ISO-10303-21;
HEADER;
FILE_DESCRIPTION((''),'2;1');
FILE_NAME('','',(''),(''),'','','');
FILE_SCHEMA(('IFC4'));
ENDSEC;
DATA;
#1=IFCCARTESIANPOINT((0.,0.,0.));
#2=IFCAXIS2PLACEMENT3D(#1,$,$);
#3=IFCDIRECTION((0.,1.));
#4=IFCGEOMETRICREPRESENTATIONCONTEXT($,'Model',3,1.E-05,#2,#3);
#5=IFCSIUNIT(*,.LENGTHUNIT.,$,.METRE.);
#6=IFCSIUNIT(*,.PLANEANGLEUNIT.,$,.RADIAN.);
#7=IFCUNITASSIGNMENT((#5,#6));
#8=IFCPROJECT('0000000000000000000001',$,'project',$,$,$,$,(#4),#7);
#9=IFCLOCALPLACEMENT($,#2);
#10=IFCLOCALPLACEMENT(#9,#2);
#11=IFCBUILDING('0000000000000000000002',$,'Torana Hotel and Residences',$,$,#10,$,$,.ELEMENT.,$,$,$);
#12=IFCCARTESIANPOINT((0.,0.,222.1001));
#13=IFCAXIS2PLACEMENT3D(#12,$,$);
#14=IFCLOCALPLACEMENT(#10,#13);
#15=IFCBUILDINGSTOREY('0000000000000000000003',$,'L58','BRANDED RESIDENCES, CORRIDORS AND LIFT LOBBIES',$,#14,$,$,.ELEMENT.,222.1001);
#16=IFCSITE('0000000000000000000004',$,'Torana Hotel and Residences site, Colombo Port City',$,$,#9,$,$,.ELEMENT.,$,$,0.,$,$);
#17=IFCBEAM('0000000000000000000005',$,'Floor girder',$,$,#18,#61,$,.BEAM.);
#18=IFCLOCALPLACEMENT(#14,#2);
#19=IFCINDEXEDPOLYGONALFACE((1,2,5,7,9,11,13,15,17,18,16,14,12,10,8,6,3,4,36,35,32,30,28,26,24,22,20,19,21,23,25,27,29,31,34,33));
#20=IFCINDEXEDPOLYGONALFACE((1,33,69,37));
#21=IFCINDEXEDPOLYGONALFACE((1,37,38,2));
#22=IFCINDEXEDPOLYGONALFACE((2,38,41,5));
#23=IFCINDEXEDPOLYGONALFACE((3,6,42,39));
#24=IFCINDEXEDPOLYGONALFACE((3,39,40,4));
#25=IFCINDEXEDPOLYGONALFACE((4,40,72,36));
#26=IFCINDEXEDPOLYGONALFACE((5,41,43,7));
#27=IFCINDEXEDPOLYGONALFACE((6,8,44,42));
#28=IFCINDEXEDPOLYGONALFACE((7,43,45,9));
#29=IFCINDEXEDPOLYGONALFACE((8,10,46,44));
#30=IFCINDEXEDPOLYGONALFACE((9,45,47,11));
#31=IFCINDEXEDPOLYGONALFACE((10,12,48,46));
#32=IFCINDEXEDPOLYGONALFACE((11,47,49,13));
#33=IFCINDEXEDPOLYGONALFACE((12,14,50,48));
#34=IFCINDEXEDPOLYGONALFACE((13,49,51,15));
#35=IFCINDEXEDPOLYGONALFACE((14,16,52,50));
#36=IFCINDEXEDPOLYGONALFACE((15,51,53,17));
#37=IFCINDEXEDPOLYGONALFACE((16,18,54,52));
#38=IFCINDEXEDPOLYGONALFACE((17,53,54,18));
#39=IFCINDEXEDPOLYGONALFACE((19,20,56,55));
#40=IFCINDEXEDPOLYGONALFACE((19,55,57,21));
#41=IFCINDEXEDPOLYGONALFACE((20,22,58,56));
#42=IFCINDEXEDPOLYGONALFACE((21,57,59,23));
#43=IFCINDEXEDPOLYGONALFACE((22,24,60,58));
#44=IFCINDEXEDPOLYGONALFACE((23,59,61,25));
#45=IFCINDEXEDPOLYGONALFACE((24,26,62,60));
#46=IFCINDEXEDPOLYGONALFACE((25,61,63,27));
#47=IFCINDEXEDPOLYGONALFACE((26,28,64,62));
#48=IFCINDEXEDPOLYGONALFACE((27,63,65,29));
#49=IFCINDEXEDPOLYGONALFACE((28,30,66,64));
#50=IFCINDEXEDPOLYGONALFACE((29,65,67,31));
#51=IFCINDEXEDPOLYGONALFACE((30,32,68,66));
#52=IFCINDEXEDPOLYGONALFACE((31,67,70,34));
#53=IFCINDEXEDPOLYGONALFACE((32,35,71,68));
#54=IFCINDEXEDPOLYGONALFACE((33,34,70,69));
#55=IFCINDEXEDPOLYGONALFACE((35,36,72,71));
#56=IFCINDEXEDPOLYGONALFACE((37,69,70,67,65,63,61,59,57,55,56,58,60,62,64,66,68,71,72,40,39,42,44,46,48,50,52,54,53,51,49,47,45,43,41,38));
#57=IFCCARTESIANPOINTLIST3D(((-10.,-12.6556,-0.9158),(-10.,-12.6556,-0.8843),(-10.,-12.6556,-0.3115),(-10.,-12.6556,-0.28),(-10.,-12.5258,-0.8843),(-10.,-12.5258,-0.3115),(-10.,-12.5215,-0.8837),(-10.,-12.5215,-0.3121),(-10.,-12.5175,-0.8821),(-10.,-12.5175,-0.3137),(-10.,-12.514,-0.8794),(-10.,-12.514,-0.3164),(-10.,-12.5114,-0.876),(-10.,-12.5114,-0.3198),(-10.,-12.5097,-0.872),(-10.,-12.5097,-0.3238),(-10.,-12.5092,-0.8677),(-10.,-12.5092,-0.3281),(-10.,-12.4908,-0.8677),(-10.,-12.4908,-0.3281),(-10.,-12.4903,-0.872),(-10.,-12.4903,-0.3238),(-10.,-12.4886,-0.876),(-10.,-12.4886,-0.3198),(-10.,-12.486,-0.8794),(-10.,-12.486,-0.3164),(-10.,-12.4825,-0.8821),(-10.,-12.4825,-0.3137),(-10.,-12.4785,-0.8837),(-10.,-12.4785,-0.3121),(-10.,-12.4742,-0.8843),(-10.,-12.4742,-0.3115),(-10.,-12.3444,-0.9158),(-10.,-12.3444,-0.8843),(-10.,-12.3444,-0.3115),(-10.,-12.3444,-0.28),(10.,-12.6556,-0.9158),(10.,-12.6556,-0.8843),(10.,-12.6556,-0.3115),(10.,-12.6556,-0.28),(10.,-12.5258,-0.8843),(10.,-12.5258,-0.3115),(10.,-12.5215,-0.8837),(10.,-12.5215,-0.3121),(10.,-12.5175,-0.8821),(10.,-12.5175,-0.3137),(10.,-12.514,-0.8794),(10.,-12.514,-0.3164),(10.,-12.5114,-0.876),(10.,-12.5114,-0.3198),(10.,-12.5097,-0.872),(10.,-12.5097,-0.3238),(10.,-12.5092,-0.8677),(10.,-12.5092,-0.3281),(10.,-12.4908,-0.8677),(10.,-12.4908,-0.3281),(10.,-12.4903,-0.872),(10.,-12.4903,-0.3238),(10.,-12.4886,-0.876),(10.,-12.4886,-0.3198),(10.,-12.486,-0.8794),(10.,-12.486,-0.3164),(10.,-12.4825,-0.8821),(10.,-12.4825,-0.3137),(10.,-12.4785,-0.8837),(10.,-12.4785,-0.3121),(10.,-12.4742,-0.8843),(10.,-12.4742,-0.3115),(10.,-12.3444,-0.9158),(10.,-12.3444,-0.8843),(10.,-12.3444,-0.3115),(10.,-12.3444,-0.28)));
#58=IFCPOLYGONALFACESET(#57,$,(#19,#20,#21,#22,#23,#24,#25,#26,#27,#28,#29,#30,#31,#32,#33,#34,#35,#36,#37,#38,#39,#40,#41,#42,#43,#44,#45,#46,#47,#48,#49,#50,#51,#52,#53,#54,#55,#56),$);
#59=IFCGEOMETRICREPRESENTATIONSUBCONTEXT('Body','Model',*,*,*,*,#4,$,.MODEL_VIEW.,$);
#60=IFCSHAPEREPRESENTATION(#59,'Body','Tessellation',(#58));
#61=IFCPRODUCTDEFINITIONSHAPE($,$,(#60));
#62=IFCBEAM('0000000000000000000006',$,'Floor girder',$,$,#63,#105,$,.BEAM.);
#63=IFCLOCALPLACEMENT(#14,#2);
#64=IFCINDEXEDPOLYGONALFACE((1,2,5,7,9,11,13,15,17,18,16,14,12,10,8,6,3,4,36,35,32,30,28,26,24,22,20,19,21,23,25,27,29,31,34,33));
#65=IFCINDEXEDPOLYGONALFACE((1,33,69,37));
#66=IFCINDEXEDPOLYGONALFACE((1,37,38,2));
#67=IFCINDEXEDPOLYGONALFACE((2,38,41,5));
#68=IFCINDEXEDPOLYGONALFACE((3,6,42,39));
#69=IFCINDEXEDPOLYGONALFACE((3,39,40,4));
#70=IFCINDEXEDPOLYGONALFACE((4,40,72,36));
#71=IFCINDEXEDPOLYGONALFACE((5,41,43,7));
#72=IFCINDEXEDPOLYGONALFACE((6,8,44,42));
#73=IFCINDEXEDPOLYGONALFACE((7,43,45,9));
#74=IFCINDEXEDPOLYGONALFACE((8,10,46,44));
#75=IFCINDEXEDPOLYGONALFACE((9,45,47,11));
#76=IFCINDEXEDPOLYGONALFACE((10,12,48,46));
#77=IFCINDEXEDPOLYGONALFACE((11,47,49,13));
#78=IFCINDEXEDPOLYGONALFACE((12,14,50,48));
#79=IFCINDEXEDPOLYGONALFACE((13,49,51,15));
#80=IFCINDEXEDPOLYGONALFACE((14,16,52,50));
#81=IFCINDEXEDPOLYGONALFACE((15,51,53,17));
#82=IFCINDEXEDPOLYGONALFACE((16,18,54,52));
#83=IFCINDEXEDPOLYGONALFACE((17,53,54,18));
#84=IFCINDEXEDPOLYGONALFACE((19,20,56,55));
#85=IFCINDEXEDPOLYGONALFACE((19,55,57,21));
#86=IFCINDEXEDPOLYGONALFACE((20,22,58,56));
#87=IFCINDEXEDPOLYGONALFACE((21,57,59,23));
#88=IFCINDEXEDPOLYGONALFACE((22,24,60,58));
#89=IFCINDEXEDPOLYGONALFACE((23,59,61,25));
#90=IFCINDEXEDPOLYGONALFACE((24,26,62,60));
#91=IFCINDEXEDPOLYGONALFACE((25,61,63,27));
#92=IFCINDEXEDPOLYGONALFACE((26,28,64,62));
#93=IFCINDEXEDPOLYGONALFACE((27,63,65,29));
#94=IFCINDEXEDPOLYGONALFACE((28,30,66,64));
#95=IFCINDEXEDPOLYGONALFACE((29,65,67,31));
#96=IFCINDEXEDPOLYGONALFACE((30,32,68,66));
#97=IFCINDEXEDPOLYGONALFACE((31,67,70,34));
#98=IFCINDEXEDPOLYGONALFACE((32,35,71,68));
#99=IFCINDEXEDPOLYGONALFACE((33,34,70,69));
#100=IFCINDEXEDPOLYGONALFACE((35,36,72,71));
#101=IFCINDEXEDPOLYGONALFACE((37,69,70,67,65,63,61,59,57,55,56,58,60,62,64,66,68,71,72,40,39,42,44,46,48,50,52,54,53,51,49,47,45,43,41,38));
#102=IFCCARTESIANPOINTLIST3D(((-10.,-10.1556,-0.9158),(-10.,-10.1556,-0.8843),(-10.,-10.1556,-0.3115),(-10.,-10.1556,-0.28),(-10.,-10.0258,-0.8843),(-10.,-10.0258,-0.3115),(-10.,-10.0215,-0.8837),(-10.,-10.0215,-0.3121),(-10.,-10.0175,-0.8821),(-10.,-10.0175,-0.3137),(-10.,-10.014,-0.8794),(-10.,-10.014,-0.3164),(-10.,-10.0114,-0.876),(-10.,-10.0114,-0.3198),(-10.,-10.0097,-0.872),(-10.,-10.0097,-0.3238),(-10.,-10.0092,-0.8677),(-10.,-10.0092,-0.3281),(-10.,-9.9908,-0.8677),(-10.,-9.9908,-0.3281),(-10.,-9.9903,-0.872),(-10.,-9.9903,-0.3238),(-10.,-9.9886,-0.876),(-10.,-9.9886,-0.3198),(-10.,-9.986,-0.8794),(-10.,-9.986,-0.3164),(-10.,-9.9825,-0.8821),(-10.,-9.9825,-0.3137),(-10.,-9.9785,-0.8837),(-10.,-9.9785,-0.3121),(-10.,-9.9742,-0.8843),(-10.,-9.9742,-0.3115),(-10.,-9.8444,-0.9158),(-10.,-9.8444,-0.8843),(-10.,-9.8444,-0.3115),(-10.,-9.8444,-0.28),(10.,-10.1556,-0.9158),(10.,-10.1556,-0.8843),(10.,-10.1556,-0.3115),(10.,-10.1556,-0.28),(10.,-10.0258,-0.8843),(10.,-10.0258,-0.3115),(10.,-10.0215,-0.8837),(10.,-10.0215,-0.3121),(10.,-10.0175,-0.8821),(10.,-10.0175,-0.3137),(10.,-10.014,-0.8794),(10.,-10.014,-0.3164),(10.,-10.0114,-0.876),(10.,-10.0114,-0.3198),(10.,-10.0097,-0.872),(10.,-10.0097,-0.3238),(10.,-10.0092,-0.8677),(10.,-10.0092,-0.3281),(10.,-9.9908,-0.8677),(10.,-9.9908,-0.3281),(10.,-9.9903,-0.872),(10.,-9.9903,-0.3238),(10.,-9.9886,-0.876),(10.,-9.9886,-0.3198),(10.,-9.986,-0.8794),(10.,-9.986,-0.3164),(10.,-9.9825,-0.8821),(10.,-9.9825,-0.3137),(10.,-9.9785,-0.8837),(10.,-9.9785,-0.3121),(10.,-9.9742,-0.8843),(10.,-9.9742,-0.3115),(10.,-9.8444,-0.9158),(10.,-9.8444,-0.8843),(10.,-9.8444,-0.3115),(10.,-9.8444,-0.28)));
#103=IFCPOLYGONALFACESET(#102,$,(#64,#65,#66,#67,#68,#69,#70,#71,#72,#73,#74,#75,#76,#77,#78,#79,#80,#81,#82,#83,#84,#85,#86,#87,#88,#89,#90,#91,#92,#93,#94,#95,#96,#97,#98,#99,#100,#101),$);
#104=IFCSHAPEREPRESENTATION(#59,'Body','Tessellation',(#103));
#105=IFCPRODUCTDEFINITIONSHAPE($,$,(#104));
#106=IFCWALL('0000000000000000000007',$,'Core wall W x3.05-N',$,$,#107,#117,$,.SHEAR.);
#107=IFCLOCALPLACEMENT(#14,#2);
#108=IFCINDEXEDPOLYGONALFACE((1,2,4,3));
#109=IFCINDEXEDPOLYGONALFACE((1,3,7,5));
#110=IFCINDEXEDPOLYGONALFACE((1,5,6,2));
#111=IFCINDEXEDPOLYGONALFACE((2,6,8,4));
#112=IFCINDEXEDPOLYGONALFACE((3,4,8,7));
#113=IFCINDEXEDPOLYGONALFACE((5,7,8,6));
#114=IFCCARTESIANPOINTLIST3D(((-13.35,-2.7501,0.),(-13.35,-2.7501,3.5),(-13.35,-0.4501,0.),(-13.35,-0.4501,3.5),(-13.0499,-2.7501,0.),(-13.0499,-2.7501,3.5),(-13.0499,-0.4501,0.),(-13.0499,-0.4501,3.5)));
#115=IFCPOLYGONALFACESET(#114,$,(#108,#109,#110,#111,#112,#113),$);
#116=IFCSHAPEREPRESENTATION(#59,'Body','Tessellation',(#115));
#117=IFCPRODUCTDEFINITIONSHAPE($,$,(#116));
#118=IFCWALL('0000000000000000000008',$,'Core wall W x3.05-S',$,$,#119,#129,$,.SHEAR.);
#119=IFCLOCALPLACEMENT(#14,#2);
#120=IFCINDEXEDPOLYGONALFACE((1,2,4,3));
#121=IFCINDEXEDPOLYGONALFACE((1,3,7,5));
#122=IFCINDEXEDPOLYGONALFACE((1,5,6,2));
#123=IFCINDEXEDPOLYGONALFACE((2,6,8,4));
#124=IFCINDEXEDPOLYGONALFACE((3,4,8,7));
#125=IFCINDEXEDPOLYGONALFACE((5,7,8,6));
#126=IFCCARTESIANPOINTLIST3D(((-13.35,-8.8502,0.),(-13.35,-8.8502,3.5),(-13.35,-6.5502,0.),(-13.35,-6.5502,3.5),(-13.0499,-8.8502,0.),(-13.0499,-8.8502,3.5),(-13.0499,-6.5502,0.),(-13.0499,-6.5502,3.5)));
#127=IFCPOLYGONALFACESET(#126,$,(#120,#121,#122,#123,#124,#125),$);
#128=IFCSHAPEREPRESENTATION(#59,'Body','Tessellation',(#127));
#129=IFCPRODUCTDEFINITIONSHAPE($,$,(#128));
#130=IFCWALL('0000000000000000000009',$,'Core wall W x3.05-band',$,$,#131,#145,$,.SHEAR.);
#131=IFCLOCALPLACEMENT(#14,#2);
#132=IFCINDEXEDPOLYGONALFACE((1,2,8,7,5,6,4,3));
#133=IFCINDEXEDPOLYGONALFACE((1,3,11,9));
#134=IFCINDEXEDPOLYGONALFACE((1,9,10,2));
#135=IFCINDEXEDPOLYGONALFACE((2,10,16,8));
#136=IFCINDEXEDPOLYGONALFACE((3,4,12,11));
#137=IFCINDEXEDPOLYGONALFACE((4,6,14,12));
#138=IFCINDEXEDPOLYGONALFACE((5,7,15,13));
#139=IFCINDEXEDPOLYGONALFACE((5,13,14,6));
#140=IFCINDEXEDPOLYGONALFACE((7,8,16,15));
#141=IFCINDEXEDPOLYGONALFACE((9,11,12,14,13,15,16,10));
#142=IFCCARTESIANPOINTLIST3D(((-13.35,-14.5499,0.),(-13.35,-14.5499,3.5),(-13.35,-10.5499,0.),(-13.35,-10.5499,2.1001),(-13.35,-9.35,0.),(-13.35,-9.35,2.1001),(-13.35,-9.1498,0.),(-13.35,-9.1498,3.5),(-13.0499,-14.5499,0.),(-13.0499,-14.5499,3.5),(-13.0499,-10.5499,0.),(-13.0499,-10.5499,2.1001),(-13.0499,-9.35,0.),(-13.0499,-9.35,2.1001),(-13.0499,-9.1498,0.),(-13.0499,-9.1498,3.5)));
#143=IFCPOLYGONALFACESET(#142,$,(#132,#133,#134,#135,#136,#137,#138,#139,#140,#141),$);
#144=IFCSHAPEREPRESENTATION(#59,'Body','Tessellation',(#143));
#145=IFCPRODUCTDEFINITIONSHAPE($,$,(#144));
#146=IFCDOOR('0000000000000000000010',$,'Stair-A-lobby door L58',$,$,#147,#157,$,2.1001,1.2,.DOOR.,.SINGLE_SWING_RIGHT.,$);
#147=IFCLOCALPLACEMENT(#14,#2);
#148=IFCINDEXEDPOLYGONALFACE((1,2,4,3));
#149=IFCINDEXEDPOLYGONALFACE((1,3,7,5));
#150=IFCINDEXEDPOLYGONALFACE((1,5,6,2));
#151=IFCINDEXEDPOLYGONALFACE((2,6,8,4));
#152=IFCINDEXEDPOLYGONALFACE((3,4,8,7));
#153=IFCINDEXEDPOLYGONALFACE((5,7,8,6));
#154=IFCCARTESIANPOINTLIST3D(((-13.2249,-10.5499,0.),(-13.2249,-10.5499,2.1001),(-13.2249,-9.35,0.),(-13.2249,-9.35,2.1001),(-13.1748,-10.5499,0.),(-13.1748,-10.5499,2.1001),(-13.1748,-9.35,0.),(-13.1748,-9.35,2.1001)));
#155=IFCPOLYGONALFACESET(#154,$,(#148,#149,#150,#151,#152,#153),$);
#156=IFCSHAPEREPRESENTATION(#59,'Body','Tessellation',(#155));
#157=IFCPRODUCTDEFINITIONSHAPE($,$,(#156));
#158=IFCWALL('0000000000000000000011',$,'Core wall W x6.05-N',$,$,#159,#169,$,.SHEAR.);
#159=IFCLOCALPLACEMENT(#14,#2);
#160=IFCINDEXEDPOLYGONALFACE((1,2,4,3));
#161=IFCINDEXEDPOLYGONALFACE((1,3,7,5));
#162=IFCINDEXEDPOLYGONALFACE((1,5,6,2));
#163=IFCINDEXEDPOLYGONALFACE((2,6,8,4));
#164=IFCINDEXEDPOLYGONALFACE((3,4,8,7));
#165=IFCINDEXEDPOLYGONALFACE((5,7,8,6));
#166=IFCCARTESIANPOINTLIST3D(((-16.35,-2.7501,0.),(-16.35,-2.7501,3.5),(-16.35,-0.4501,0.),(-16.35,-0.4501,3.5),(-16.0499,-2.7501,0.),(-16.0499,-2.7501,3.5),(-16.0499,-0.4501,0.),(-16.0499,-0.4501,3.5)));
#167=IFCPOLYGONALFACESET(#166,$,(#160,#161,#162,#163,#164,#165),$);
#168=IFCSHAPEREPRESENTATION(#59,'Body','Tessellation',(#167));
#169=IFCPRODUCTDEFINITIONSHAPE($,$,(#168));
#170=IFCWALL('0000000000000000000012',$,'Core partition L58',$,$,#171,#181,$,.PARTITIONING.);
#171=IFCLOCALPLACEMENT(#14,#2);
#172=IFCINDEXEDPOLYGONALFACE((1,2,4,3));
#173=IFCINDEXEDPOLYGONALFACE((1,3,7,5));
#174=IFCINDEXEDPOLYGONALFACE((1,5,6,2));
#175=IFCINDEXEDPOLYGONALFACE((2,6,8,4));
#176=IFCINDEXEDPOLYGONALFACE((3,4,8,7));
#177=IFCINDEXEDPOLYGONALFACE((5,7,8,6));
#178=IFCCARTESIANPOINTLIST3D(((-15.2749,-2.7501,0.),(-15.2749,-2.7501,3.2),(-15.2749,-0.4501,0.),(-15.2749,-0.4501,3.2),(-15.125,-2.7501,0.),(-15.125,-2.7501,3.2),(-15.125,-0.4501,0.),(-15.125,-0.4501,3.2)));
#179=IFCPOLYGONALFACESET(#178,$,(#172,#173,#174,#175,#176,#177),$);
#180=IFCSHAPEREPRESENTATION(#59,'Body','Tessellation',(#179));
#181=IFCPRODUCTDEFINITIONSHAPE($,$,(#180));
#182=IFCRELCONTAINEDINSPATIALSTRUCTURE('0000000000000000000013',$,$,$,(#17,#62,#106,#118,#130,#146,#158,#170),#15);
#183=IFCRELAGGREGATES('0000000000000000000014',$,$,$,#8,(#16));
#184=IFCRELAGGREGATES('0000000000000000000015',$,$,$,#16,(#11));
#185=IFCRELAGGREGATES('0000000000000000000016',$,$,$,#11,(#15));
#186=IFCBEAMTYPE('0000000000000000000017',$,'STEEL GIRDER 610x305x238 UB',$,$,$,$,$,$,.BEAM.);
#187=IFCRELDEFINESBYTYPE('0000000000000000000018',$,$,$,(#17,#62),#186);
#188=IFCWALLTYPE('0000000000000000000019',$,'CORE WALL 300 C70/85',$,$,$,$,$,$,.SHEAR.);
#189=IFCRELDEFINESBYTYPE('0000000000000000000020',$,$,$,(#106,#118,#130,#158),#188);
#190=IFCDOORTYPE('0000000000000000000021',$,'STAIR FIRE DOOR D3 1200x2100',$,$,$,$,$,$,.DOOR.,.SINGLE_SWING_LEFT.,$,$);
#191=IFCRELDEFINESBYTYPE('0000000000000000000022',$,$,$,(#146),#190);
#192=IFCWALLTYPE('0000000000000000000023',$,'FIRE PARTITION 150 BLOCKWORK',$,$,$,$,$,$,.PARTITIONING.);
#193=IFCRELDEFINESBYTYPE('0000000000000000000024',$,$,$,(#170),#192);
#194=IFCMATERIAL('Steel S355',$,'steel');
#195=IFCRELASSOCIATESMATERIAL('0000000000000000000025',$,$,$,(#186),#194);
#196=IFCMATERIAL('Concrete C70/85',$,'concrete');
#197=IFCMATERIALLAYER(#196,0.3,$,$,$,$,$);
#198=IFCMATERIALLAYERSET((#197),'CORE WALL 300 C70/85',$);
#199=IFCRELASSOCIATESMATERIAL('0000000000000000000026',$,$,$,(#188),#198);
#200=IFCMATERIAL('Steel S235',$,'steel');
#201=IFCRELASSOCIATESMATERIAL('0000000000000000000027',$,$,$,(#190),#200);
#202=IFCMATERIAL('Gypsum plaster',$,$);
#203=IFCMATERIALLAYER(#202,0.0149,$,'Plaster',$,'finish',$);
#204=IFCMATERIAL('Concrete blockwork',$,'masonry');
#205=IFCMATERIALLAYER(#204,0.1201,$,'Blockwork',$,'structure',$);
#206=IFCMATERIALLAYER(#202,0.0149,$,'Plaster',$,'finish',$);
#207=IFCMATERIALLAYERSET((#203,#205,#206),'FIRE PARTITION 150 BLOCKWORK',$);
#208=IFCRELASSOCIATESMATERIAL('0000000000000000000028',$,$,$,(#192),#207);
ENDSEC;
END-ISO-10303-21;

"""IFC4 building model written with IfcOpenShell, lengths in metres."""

from ifc_helpers import new_model, si_unit, direction, frame, frame_2d, origin, origin_2d, place, context, subcontext, project, spatial, rectangle, i_section, extrude, material, layer, layer_set, material_profile, profile_set, type_object, element, fill, save


model = new_model("IFC4")

# Units and contexts
model_context = context("Model", 3, precision=1e-05, world=origin(), true_north=direction((0.0, 1.0)))
body_context = subcontext(model_context, "Body", "Model", "MODEL_VIEW")
ifc_project = project(units=[si_unit("LENGTHUNIT", "METRE"), si_unit("PLANEANGLEUNIT", "RADIAN")], contexts=[model_context])

# Site, building, storey
site_placement = place(None, origin())
site = spatial("IfcSite", under=ifc_project, at=site_placement, Name="Torana Hotel and Residences site, Colombo Port City", CompositionType="ELEMENT", RefElevation=0.0)
building_placement = place(site_placement, origin())
building = spatial("IfcBuilding", under=site, at=building_placement, Name="Torana Hotel and Residences", CompositionType="ELEMENT")
storey_placement = place(building_placement, frame((0.0, 0.0, 222.1001)))
storey = spatial("IfcBuildingStorey", under=building, at=storey_placement, Name="L58", Description="BRANDED RESIDENCES, CORRIDORS AND LIFT LOBBIES", CompositionType="ELEMENT", Elevation=222.1001)

# Beams
ifc_material_1 = material(Name="Steel S355", Category="steel")
ifc_material_profile = material_profile(ifc_material_1, i_section(OverallWidth=0.3113, OverallDepth=0.6357, WebThickness=0.0183, FlangeThickness=0.0315, FilletRadius=0.0166, at=origin_2d()), Name="610x305x238 UB")
ifc_profile_set = profile_set([ifc_material_profile], Name="Steel S355")
beam_type = type_object("IfcBeamType", Name="STEEL GIRDER 610x305x238 UB", PredefinedType="BEAM", material=ifc_profile_set)
for number, where, z_axis, x_axis, name in (
    (1, (-10.0, -12.5, -0.5979), (1.0, 0.0, 0.0), (0.0, 1.0, 0.0), "Floor girder"),
    (2, (-10.0, -10.0, -0.5979), (1.0, 0.0, 0.0), (0.0, 1.0, 0.0), "Floor girder"),
):
    element("IfcBeam", number, at=place(storey_placement, frame(where, z_axis=z_axis, x_axis=x_axis)), inside=storey, type_object=beam_type, Name=name, PredefinedType="BEAM", context=body_context, shape_type="SweptSolid", body=[
        extrude(i_section(OverallWidth=0.3113, OverallDepth=0.6357, WebThickness=0.0183, FlangeThickness=0.0315, FilletRadius=0.0166, at=origin_2d()), origin(), (0.0, 0.0, 1.0), 20.0),
    ])

# Walls
ifc_material_2 = material(Name="Concrete C70/85", Category="concrete")
ifc_layer_1 = layer(ifc_material_2, 0.3)
ifc_layer_set_1 = layer_set([ifc_layer_1], Name="CORE WALL 300 C70/85")
wall_type_1 = type_object("IfcWallType", Name="CORE WALL 300 C70/85", PredefinedType="SHEAR", material=ifc_layer_set_1)
for number, where, z_axis, x_axis, name in (
    (3, (-13.2, -2.75, 0.0), (0.0, 0.0, 1.0), (0.0, 1.0, 0.0), "Core wall W x3.05-N"),
    (4, (-13.2, -8.8501, 0.0), (0.0, 0.0, 1.0), (0.0, 1.0, 0.0), "Core wall W x3.05-S"),
):
    element("IfcWall", number, at=place(storey_placement, frame(where, z_axis=z_axis, x_axis=x_axis)), inside=storey, type_object=wall_type_1, Name=name, PredefinedType="SHEAR", context=body_context, shape_type="SweptSolid", body=[
        extrude(rectangle(XDim=2.3, YDim=0.3, at=frame_2d((1.1499, 0.0))), origin(), (0.0, 0.0, 1.0), 3.5),
    ])

# Wall, opening, door
wall_1_placement = place(storey_placement, frame((-13.2, -14.55, 0.0), z_axis=(0.0, 0.0, 1.0), x_axis=(0.0, 1.0, 0.0)))
wall_1 = element("IfcWall", 5, at=wall_1_placement, inside=storey, type_object=wall_type_1, Name="Core wall W x3.05-band", PredefinedType="SHEAR", context=body_context, shape_type="SweptSolid", body=[
    extrude(rectangle(XDim=5.4001, YDim=0.3, at=frame_2d((2.7002, 0.0))), origin(), (0.0, 0.0, 1.0), 3.5),
])
opening_1_placement = place(wall_1_placement, frame((4.0, 0.0, 0.0)))
opening_1 = element("IfcOpeningElement", 6, at=opening_1_placement, cuts=wall_1, PredefinedType="OPENING", context=body_context, shape_type="SweptSolid", body=[
    extrude(rectangle(XDim=1.2, YDim=2.1001, at=frame_2d((0.6001, 1.05))), frame((0.0, 0.1599, 0.0), z_axis=(0.0, -1.0, 0.0), x_axis=(1.0, 0.0, 0.0)), (0.0, 0.0, 1.0), 0.3201),
])
ifc_material_3 = material(Name="Steel S235", Category="steel")
door_type_1 = type_object("IfcDoorType", Name="STAIR FIRE DOOR D3 1200x2100", OperationType="SINGLE_SWING_LEFT", PredefinedType="DOOR", material=ifc_material_3)
door_1_placement = place(opening_1_placement, frame((0.6001, 0.0, 0.0), z_axis=(0.0, 0.0, 1.0), x_axis=(-1.0, 0.0, 0.0)))
door_1 = element("IfcDoor", 7, at=door_1_placement, inside=storey, type_object=door_type_1, Name="Stair-A-lobby door L58", OperationType="SINGLE_SWING_RIGHT", OverallHeight=2.1001, OverallWidth=1.2, PredefinedType="DOOR", context=body_context, shape_type="SweptSolid", body=[
    extrude(rectangle(XDim=1.2, YDim=2.1001, at=frame_2d((0.0, 1.05))), frame((0.0, -0.0249, 0.0), z_axis=(0.0, 1.0, 0.0), x_axis=(-1.0, 0.0, 0.0)), (0.0, 0.0, 1.0), 0.05),
])
fill(opening_1, door_1)

# Wall
wall_2_placement = place(storey_placement, frame((-16.2, -2.75, 0.0), z_axis=(0.0, 0.0, 1.0), x_axis=(0.0, 1.0, 0.0)))
element("IfcWall", 8, at=wall_2_placement, inside=storey, type_object=wall_type_1, Name="Core wall W x6.05-N", PredefinedType="SHEAR", context=body_context, shape_type="SweptSolid", body=[
    extrude(rectangle(XDim=2.3, YDim=0.3, at=frame_2d((1.1499, 0.0))), origin(), (0.0, 0.0, 1.0), 3.5),
])

# Wall
ifc_material_4 = material(Name="Gypsum plaster")
ifc_layer_2 = layer(ifc_material_4, 0.0149, Name="Plaster", Category="finish")
ifc_material_5 = material(Name="Concrete blockwork", Category="masonry")
ifc_layer_3 = layer(ifc_material_5, 0.1201, Name="Blockwork", Category="structure")
ifc_layer_4 = layer(ifc_material_4, 0.0149, Name="Plaster", Category="finish")
ifc_layer_set_2 = layer_set([ifc_layer_2, ifc_layer_3, ifc_layer_4], Name="FIRE PARTITION 150 BLOCKWORK")
wall_type_2 = type_object("IfcWallType", Name="FIRE PARTITION 150 BLOCKWORK", PredefinedType="PARTITIONING", material=ifc_layer_set_2)
wall_3_placement = place(storey_placement, frame((-15.2, -2.75, 0.0), z_axis=(0.0, 0.0, 1.0), x_axis=(0.0, 1.0, 0.0)))
element("IfcWall", 9, at=wall_3_placement, inside=storey, type_object=wall_type_2, Name="Core partition L58", PredefinedType="PARTITIONING", context=body_context, shape_type="SweptSolid", body=[
    extrude(rectangle(XDim=2.3, YDim=0.1499, at=frame_2d((1.1499, 0.0))), origin(), (0.0, 0.0, 1.0), 3.2),
])

save(model, "model.ifc")
